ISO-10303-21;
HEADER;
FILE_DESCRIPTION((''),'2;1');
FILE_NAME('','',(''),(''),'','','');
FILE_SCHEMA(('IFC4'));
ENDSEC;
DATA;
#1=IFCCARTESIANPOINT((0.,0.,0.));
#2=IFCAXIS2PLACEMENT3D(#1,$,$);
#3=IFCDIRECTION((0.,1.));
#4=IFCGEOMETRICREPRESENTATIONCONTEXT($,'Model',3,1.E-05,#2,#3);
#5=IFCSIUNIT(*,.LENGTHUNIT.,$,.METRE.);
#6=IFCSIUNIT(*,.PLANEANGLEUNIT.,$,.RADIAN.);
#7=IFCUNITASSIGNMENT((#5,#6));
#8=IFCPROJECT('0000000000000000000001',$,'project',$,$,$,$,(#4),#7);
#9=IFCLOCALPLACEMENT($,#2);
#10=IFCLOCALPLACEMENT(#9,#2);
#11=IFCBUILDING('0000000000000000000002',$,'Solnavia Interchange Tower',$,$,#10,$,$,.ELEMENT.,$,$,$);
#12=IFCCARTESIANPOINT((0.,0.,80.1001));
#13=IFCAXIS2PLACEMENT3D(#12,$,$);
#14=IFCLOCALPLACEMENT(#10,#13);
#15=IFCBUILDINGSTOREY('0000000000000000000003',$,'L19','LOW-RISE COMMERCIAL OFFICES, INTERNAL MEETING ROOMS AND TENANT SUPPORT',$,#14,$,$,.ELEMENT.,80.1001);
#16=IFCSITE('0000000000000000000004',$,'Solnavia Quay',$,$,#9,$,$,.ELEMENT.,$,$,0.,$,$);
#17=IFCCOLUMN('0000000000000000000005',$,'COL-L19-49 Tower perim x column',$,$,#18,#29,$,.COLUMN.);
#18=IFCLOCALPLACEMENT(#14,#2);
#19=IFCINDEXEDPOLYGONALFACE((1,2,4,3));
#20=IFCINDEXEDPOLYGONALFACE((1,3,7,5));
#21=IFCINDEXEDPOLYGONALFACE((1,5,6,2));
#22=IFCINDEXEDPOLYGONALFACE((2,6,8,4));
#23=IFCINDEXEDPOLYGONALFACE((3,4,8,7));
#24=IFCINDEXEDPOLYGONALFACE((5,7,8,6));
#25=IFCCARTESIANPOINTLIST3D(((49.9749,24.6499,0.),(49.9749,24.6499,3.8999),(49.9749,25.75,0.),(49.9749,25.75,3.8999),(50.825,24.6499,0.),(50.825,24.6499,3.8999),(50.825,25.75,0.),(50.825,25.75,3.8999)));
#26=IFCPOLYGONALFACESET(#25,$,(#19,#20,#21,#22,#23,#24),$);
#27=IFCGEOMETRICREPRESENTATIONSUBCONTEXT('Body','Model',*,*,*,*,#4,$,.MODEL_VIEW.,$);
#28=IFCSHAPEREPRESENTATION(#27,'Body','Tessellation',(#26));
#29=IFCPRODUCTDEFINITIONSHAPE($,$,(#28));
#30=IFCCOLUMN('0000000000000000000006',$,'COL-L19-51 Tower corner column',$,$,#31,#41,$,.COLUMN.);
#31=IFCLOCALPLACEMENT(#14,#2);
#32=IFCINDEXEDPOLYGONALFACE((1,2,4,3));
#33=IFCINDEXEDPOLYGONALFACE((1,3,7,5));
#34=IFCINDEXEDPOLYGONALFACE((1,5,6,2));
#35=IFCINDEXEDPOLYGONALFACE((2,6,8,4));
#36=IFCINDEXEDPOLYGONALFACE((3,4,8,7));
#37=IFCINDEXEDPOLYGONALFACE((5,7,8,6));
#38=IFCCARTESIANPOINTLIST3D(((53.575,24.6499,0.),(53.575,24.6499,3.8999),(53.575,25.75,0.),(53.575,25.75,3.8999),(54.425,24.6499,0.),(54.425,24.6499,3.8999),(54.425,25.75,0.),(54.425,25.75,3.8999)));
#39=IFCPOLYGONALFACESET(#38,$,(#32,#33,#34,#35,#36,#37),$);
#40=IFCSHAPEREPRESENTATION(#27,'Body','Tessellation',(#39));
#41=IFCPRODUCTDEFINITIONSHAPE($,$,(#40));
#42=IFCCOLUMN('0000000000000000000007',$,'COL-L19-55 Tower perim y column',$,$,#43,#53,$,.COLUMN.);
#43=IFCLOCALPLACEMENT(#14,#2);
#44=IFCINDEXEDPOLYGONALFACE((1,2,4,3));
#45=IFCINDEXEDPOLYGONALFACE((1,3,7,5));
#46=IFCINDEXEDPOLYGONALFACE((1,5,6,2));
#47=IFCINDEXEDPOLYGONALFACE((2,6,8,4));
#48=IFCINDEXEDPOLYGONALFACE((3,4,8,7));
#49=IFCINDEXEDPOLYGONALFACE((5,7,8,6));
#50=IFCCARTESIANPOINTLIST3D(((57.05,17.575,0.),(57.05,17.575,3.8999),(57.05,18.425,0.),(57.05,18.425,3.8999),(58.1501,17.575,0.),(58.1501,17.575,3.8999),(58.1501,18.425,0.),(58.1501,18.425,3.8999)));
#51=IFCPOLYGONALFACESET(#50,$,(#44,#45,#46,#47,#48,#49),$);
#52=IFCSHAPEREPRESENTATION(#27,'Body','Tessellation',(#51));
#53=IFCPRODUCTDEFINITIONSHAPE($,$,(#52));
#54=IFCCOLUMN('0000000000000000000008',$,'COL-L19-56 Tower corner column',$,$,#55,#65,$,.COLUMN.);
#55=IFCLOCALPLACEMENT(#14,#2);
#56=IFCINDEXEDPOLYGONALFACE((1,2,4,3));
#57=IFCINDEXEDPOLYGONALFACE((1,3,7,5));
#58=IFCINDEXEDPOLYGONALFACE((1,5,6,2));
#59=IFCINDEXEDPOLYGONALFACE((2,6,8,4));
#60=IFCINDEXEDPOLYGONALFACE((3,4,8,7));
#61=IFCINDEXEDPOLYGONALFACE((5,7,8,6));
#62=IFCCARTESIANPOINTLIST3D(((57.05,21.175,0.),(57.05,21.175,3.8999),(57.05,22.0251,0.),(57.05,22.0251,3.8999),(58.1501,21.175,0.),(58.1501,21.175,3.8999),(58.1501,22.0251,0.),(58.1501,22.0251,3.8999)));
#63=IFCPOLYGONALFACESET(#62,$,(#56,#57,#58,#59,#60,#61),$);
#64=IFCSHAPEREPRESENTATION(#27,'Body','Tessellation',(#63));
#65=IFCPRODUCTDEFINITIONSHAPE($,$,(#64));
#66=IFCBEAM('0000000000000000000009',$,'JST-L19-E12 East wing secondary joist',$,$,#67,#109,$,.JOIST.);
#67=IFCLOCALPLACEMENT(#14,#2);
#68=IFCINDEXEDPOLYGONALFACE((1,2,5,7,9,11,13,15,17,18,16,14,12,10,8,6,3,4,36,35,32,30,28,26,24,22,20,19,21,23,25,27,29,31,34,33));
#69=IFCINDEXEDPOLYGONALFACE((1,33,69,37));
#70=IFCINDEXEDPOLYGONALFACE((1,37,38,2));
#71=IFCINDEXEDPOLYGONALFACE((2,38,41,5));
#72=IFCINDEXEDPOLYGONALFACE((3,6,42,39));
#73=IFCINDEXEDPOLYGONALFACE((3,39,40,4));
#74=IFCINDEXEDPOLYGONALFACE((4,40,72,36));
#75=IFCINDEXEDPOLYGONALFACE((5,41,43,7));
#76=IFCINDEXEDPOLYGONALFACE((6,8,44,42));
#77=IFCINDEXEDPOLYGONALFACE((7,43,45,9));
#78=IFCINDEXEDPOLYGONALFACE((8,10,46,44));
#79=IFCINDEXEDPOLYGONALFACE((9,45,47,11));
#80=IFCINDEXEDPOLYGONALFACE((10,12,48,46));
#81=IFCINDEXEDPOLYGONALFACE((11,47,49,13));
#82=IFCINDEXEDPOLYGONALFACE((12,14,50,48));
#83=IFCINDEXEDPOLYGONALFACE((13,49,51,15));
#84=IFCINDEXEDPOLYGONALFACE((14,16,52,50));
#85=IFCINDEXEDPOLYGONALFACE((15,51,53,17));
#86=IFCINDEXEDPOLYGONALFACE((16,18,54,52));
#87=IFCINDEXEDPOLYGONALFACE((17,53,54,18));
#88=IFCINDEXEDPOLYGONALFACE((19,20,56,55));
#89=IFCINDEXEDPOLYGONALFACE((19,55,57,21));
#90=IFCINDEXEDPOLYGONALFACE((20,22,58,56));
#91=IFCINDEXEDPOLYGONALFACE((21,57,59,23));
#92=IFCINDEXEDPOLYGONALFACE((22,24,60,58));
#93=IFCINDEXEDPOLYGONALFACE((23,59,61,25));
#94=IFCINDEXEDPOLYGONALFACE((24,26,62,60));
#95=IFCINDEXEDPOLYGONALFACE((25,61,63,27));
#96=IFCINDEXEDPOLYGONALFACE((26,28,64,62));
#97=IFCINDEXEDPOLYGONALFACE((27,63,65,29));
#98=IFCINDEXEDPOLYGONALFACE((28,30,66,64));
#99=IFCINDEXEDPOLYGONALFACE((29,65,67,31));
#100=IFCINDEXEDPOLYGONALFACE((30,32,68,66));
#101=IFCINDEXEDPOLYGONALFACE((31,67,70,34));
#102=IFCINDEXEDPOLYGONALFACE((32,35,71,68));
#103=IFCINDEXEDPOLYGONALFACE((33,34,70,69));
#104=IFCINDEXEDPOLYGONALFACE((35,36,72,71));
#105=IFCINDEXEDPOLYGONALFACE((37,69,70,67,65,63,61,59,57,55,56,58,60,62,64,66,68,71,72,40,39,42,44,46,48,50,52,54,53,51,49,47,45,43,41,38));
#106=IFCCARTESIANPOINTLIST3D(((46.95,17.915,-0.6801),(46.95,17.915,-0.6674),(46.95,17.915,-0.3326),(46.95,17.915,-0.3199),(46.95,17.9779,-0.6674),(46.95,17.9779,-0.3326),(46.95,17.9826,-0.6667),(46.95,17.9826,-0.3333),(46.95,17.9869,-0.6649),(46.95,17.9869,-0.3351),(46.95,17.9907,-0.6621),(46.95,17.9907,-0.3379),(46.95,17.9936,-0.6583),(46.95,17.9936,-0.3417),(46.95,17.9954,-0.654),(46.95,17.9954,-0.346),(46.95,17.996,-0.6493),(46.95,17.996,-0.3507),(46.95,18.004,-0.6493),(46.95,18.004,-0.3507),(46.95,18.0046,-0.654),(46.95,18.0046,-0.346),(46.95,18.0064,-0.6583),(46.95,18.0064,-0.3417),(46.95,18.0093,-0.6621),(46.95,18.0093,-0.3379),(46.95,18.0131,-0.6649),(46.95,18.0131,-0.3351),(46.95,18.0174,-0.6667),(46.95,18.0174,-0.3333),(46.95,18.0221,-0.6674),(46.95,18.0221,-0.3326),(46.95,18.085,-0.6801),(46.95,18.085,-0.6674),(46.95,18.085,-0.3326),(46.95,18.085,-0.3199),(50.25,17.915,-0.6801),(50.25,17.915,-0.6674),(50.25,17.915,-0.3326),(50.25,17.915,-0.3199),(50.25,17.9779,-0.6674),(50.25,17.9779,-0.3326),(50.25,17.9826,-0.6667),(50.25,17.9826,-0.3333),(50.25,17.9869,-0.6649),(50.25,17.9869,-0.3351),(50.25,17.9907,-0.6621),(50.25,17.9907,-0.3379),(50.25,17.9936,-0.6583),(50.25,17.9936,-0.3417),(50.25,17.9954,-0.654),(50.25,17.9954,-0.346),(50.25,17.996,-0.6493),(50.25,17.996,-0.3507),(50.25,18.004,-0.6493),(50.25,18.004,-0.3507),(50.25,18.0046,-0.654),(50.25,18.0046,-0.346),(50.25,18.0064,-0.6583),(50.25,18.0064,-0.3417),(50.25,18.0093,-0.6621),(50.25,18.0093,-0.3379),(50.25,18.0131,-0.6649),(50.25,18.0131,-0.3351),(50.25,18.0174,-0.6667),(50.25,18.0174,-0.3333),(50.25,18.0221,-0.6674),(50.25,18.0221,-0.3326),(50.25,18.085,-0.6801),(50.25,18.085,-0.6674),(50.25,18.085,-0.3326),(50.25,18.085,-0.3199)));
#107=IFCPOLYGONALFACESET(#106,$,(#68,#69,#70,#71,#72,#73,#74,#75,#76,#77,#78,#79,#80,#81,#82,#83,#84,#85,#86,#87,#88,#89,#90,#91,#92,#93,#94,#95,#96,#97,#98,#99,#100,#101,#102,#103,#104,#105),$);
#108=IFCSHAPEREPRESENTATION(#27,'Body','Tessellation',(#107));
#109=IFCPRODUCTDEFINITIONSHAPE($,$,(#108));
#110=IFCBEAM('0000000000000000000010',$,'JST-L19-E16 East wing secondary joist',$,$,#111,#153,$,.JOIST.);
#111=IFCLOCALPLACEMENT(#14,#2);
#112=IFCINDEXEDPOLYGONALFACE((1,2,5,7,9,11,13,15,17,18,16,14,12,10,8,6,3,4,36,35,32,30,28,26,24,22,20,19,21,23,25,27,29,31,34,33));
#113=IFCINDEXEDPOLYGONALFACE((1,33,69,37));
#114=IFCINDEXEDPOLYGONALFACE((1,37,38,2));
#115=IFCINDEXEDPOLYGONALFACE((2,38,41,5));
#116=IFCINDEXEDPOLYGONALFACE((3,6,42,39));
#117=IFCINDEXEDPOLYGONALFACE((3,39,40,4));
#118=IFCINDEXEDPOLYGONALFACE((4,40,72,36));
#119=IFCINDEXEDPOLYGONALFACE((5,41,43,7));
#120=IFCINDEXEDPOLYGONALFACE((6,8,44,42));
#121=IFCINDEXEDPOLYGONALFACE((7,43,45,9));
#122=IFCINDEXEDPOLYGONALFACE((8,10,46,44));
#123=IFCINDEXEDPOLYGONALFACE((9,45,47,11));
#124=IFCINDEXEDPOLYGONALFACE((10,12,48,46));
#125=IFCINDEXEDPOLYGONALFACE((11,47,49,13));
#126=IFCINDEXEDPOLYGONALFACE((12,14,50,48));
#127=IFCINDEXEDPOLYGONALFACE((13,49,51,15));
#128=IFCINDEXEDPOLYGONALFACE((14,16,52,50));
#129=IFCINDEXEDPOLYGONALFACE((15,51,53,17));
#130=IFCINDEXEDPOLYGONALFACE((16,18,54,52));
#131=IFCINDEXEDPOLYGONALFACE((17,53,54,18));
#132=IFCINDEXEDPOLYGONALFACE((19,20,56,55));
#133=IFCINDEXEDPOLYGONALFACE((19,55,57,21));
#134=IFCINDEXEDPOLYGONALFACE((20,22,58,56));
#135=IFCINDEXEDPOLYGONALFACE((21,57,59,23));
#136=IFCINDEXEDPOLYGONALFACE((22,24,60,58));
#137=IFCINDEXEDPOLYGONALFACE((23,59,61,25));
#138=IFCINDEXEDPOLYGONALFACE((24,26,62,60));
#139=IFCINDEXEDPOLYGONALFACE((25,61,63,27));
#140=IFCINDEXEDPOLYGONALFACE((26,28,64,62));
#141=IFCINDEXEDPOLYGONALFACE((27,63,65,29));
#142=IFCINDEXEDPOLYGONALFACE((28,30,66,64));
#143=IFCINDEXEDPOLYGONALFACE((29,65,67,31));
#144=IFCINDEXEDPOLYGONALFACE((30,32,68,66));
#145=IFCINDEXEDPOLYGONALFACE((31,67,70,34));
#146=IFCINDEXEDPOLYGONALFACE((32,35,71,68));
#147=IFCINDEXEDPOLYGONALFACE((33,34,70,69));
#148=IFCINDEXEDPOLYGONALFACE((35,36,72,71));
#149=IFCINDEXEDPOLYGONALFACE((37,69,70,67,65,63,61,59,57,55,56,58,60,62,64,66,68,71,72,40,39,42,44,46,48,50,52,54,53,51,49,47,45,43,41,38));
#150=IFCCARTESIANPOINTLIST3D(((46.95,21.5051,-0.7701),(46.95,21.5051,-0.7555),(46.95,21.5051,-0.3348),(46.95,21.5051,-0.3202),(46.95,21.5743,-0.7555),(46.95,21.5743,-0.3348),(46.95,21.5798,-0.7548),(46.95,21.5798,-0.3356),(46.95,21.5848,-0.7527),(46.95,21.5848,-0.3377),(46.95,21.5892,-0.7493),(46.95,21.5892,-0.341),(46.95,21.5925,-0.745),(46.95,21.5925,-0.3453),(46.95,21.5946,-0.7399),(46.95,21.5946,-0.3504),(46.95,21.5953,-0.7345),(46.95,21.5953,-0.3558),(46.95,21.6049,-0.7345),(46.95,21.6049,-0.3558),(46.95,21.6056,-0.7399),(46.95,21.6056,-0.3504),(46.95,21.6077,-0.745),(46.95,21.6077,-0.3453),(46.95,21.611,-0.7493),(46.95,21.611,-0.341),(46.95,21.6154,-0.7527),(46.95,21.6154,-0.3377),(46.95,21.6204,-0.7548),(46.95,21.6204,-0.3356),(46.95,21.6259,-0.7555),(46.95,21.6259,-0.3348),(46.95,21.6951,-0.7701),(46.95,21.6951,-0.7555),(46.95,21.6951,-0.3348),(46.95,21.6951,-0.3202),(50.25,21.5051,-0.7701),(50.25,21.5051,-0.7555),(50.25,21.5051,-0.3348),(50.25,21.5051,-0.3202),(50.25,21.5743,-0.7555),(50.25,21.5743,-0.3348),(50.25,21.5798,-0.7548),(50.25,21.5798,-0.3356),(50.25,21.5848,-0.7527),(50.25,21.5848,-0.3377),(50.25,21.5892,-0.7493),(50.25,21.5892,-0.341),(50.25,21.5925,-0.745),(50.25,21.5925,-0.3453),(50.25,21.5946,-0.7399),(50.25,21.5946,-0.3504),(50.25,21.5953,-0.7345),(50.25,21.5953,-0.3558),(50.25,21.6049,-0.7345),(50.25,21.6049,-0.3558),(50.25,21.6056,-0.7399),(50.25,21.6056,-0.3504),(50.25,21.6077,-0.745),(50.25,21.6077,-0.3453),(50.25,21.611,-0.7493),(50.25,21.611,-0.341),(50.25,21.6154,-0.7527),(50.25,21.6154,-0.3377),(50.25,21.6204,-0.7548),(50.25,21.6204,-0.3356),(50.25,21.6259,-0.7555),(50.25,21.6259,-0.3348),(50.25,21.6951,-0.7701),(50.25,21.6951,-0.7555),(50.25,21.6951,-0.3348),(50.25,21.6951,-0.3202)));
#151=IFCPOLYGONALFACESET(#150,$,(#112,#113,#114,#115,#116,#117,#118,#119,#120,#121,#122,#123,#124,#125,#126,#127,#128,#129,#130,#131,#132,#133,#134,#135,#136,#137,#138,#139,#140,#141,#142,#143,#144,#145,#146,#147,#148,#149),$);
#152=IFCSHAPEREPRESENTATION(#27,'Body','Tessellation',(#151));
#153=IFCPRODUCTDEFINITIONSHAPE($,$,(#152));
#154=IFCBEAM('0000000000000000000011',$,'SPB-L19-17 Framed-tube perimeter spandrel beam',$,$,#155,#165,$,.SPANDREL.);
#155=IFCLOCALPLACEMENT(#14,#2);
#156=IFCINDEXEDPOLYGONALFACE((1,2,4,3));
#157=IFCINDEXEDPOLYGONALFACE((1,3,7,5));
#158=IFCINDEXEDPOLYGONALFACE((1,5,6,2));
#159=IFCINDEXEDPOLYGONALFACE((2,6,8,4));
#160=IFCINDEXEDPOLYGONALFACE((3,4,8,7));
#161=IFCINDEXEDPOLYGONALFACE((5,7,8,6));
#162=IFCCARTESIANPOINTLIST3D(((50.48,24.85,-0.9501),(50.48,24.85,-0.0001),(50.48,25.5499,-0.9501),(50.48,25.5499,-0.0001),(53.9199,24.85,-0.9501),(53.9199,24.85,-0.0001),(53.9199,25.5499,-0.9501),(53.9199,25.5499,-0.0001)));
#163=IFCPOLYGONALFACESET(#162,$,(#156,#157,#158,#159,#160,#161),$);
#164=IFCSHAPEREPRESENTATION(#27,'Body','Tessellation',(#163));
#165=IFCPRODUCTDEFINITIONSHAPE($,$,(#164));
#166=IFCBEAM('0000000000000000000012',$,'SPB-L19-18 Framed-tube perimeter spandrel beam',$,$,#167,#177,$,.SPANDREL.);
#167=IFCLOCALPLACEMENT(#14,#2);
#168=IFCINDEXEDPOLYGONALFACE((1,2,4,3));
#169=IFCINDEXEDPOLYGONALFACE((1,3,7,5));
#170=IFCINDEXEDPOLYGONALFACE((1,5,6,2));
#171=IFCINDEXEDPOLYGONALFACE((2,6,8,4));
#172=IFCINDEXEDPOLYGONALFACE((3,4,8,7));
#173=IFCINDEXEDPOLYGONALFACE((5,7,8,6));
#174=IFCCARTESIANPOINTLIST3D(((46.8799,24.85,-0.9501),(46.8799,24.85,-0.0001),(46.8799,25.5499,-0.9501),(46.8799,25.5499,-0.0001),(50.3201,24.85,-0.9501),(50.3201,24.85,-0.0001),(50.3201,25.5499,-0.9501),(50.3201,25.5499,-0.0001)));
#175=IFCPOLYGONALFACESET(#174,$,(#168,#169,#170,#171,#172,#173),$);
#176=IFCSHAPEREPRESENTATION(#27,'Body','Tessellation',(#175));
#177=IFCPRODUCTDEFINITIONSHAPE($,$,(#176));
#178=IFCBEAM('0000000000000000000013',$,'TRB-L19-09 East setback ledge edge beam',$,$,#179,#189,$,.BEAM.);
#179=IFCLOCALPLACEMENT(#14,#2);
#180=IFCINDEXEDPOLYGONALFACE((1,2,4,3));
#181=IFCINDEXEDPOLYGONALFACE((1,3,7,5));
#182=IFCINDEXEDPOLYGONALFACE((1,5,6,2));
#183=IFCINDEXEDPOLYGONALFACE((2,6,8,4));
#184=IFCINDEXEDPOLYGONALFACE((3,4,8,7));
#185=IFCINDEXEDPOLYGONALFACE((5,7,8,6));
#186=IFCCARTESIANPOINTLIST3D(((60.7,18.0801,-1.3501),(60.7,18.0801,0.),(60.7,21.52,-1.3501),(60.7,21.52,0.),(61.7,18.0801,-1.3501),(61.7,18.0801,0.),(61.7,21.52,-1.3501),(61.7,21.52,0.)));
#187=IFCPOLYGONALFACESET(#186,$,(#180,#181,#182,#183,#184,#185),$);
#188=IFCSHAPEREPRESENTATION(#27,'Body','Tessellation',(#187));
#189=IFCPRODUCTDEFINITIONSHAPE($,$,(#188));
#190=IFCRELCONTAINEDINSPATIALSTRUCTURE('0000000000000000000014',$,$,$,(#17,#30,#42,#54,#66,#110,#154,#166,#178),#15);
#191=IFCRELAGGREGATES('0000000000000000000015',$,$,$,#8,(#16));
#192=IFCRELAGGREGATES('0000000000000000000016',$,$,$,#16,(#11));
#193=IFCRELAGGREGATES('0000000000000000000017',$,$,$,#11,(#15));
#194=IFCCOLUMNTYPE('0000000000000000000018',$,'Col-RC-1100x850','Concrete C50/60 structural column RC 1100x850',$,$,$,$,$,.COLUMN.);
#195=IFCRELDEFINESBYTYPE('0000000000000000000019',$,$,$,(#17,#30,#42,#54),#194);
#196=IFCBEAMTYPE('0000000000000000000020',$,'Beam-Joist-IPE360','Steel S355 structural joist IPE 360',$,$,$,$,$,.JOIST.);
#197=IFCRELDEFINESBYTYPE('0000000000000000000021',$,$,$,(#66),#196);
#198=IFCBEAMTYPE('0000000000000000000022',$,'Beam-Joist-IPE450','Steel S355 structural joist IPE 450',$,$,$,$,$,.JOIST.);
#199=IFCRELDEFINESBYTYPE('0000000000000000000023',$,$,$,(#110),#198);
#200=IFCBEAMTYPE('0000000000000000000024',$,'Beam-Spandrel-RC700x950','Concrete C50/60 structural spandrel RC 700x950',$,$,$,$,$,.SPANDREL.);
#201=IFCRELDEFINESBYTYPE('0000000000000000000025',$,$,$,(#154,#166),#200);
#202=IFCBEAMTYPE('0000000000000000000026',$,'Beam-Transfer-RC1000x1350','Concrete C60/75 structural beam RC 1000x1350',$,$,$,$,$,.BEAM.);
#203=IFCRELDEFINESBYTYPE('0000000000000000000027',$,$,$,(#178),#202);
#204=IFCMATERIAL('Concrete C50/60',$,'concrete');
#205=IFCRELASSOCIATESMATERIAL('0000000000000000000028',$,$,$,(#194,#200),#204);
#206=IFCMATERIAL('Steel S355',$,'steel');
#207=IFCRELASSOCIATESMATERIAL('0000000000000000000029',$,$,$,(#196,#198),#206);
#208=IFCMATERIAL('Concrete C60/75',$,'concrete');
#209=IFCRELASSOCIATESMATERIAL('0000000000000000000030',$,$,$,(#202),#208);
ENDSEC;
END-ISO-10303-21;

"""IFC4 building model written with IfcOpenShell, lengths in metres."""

from ifc_helpers import new_model, si_unit, direction, frame, origin, origin_2d, place, context, subcontext, project, spatial, rectangle, i_section, extrude, material, material_profile, profile_set, type_object, element, save


model = new_model("IFC4")

# Units and contexts
model_context = context("Model", 3, precision=1e-05, world=origin(), true_north=direction((0.0, 1.0)))
body_context = subcontext(model_context, "Body", "Model", "MODEL_VIEW")
ifc_project = project(units=[si_unit("LENGTHUNIT", "METRE"), si_unit("PLANEANGLEUNIT", "RADIAN")], contexts=[model_context])

# Site, building, storey
site_placement = place(None, origin())
site = spatial("IfcSite", under=ifc_project, at=site_placement, Name="Solnavia Quay", CompositionType="ELEMENT", RefElevation=0.0)
building_placement = place(site_placement, origin())
building = spatial("IfcBuilding", under=site, at=building_placement, Name="Solnavia Interchange Tower", CompositionType="ELEMENT")
storey_placement = place(building_placement, frame((0.0, 0.0, 80.1001)))
storey = spatial("IfcBuildingStorey", under=building, at=storey_placement, Name="L19", Description="LOW-RISE COMMERCIAL OFFICES, INTERNAL MEETING ROOMS AND TENANT SUPPORT", CompositionType="ELEMENT", Elevation=80.1001)

# Columns
ifc_material_1 = material(Name="Concrete C50/60", Category="concrete")
ifc_material_profile_1 = material_profile(ifc_material_1, rectangle(XDim=0.8501, YDim=1.1001, at=origin_2d()), Name="RC 1100x850")
ifc_profile_set_1 = profile_set([ifc_material_profile_1], Name="Concrete C50/60")
column_type = type_object("IfcColumnType", Name="Col-RC-1100x850", Description="Concrete C50/60 structural column RC 1100x850", PredefinedType="COLUMN", material=ifc_profile_set_1)
for number, where, z_axis, x_axis, name in (
    (1, (50.3999, 25.2, 0.0), (0.0, 0.0, 1.0), (1.0, 0.0, 0.0), "COL-L19-49 Tower perim x column"),
    (2, (54.0, 25.2, 0.0), (0.0, 0.0, 1.0), (1.0, 0.0, 0.0), "COL-L19-51 Tower corner column"),
    (3, (57.6001, 18.0, 0.0), (0.0, 0.0, 1.0), (0.0, 1.0, 0.0), "COL-L19-55 Tower perim y column"),
    (4, (57.6001, 21.6001, 0.0), (0.0, 0.0, 1.0), (0.0, 1.0, 0.0), "COL-L19-56 Tower corner column"),
):
    element("IfcColumn", number, at=place(storey_placement, frame(where, z_axis=z_axis, x_axis=x_axis)), inside=storey, type_object=column_type, Name=name, PredefinedType="COLUMN", context=body_context, shape_type="SweptSolid", body=[
        extrude(rectangle(XDim=0.8501, YDim=1.1001, at=origin_2d()), origin(), (0.0, 0.0, 1.0), 3.8999),
    ])

# Beams
ifc_material_2 = material(Name="Steel S355", Category="steel")
ifc_material_profile_2 = material_profile(ifc_material_2, i_section(OverallWidth=0.1699, OverallDepth=0.3601, WebThickness=0.0081, FlangeThickness=0.0127, FilletRadius=0.0181, at=origin_2d()), Name="IPE 360")
ifc_profile_set_2 = profile_set([ifc_material_profile_2], Name="Steel S355")
beam_type_1 = type_object("IfcBeamType", Name="Beam-Joist-IPE360", Description="Steel S355 structural joist IPE 360", PredefinedType="JOIST", material=ifc_profile_set_2)
beam_1_placement = place(storey_placement, frame((46.95, 18.0, -0.5), z_axis=(1.0, 0.0, 0.0), x_axis=(0.0, 1.0, 0.0)))
element("IfcBeam", 5, at=beam_1_placement, inside=storey, type_object=beam_type_1, Name="JST-L19-E12 East wing secondary joist", PredefinedType="JOIST", context=body_context, shape_type="SweptSolid", body=[
    extrude(i_section(OverallWidth=0.1699, OverallDepth=0.3601, WebThickness=0.0081, FlangeThickness=0.0127, FilletRadius=0.0181, at=origin_2d()), origin(), (0.0, 0.0, 1.0), 3.3),
])
ifc_material_profile_3 = material_profile(ifc_material_2, i_section(OverallWidth=0.1899, OverallDepth=0.45, WebThickness=0.0095, FlangeThickness=0.0146, FilletRadius=0.021, at=origin_2d()), Name="IPE 450")
ifc_profile_set_3 = profile_set([ifc_material_profile_3], Name="Steel S355")
beam_type_2 = type_object("IfcBeamType", Name="Beam-Joist-IPE450", Description="Steel S355 structural joist IPE 450", PredefinedType="JOIST", material=ifc_profile_set_3)
beam_2_placement = place(storey_placement, frame((46.95, 21.6001, -0.5452), z_axis=(1.0, 0.0, 0.0), x_axis=(0.0, 1.0, 0.0)))
element("IfcBeam", 6, at=beam_2_placement, inside=storey, type_object=beam_type_2, Name="JST-L19-E16 East wing secondary joist", PredefinedType="JOIST", context=body_context, shape_type="SweptSolid", body=[
    extrude(i_section(OverallWidth=0.1899, OverallDepth=0.45, WebThickness=0.0095, FlangeThickness=0.0146, FilletRadius=0.021, at=origin_2d()), origin(), (0.0, 0.0, 1.0), 3.3),
])
ifc_material_profile_4 = material_profile(ifc_material_1, rectangle(XDim=0.7, YDim=0.95, at=origin_2d()), Name="RC 700x950")
ifc_profile_set_4 = profile_set([ifc_material_profile_4], Name="Concrete C50/60")
beam_type_3 = type_object("IfcBeamType", Name="Beam-Spandrel-RC700x950", Description="Concrete C50/60 structural spandrel RC 700x950", PredefinedType="SPANDREL", material=ifc_profile_set_4)
beam_3_placement = place(storey_placement, frame((53.9199, 25.2, -0.4751), z_axis=(-1.0, 0.0, 0.0), x_axis=(0.0, -1.0, 0.0)))
element("IfcBeam", 7, at=beam_3_placement, inside=storey, type_object=beam_type_3, Name="SPB-L19-17 Framed-tube perimeter spandrel beam", PredefinedType="SPANDREL", context=body_context, shape_type="SweptSolid", body=[
    extrude(rectangle(XDim=0.7, YDim=0.95, at=origin_2d()), origin(), (0.0, 0.0, 1.0), 3.4399),
])
beam_4_placement = place(storey_placement, frame((50.3201, 25.2, -0.4751), z_axis=(-1.0, 0.0, 0.0), x_axis=(0.0, -1.0, 0.0)))
element("IfcBeam", 8, at=beam_4_placement, inside=storey, type_object=beam_type_3, Name="SPB-L19-18 Framed-tube perimeter spandrel beam", PredefinedType="SPANDREL", context=body_context, shape_type="SweptSolid", body=[
    extrude(rectangle(XDim=0.7, YDim=0.95, at=origin_2d()), origin(), (0.0, 0.0, 1.0), 3.4402),
])
ifc_material_3 = material(Name="Concrete C60/75", Category="concrete")
ifc_material_profile_5 = material_profile(ifc_material_3, rectangle(XDim=1.0, YDim=1.3501, at=origin_2d()), Name="RC 1000x1350")
ifc_profile_set_5 = profile_set([ifc_material_profile_5], Name="Concrete C60/75")
beam_type_4 = type_object("IfcBeamType", Name="Beam-Transfer-RC1000x1350", Description="Concrete C60/75 structural beam RC 1000x1350", PredefinedType="BEAM", material=ifc_profile_set_5)
beam_5_placement = place(storey_placement, frame((61.2, 18.0801, -0.675), z_axis=(0.0, 1.0, 0.0), x_axis=(-1.0, 0.0, 0.0)))
element("IfcBeam", 9, at=beam_5_placement, inside=storey, type_object=beam_type_4, Name="TRB-L19-09 East setback ledge edge beam", PredefinedType="BEAM", context=body_context, shape_type="SweptSolid", body=[
    extrude(rectangle(XDim=1.0, YDim=1.3501, at=origin_2d()), origin(), (0.0, 0.0, 1.0), 3.4399),
])

save(model, "model.ifc")
